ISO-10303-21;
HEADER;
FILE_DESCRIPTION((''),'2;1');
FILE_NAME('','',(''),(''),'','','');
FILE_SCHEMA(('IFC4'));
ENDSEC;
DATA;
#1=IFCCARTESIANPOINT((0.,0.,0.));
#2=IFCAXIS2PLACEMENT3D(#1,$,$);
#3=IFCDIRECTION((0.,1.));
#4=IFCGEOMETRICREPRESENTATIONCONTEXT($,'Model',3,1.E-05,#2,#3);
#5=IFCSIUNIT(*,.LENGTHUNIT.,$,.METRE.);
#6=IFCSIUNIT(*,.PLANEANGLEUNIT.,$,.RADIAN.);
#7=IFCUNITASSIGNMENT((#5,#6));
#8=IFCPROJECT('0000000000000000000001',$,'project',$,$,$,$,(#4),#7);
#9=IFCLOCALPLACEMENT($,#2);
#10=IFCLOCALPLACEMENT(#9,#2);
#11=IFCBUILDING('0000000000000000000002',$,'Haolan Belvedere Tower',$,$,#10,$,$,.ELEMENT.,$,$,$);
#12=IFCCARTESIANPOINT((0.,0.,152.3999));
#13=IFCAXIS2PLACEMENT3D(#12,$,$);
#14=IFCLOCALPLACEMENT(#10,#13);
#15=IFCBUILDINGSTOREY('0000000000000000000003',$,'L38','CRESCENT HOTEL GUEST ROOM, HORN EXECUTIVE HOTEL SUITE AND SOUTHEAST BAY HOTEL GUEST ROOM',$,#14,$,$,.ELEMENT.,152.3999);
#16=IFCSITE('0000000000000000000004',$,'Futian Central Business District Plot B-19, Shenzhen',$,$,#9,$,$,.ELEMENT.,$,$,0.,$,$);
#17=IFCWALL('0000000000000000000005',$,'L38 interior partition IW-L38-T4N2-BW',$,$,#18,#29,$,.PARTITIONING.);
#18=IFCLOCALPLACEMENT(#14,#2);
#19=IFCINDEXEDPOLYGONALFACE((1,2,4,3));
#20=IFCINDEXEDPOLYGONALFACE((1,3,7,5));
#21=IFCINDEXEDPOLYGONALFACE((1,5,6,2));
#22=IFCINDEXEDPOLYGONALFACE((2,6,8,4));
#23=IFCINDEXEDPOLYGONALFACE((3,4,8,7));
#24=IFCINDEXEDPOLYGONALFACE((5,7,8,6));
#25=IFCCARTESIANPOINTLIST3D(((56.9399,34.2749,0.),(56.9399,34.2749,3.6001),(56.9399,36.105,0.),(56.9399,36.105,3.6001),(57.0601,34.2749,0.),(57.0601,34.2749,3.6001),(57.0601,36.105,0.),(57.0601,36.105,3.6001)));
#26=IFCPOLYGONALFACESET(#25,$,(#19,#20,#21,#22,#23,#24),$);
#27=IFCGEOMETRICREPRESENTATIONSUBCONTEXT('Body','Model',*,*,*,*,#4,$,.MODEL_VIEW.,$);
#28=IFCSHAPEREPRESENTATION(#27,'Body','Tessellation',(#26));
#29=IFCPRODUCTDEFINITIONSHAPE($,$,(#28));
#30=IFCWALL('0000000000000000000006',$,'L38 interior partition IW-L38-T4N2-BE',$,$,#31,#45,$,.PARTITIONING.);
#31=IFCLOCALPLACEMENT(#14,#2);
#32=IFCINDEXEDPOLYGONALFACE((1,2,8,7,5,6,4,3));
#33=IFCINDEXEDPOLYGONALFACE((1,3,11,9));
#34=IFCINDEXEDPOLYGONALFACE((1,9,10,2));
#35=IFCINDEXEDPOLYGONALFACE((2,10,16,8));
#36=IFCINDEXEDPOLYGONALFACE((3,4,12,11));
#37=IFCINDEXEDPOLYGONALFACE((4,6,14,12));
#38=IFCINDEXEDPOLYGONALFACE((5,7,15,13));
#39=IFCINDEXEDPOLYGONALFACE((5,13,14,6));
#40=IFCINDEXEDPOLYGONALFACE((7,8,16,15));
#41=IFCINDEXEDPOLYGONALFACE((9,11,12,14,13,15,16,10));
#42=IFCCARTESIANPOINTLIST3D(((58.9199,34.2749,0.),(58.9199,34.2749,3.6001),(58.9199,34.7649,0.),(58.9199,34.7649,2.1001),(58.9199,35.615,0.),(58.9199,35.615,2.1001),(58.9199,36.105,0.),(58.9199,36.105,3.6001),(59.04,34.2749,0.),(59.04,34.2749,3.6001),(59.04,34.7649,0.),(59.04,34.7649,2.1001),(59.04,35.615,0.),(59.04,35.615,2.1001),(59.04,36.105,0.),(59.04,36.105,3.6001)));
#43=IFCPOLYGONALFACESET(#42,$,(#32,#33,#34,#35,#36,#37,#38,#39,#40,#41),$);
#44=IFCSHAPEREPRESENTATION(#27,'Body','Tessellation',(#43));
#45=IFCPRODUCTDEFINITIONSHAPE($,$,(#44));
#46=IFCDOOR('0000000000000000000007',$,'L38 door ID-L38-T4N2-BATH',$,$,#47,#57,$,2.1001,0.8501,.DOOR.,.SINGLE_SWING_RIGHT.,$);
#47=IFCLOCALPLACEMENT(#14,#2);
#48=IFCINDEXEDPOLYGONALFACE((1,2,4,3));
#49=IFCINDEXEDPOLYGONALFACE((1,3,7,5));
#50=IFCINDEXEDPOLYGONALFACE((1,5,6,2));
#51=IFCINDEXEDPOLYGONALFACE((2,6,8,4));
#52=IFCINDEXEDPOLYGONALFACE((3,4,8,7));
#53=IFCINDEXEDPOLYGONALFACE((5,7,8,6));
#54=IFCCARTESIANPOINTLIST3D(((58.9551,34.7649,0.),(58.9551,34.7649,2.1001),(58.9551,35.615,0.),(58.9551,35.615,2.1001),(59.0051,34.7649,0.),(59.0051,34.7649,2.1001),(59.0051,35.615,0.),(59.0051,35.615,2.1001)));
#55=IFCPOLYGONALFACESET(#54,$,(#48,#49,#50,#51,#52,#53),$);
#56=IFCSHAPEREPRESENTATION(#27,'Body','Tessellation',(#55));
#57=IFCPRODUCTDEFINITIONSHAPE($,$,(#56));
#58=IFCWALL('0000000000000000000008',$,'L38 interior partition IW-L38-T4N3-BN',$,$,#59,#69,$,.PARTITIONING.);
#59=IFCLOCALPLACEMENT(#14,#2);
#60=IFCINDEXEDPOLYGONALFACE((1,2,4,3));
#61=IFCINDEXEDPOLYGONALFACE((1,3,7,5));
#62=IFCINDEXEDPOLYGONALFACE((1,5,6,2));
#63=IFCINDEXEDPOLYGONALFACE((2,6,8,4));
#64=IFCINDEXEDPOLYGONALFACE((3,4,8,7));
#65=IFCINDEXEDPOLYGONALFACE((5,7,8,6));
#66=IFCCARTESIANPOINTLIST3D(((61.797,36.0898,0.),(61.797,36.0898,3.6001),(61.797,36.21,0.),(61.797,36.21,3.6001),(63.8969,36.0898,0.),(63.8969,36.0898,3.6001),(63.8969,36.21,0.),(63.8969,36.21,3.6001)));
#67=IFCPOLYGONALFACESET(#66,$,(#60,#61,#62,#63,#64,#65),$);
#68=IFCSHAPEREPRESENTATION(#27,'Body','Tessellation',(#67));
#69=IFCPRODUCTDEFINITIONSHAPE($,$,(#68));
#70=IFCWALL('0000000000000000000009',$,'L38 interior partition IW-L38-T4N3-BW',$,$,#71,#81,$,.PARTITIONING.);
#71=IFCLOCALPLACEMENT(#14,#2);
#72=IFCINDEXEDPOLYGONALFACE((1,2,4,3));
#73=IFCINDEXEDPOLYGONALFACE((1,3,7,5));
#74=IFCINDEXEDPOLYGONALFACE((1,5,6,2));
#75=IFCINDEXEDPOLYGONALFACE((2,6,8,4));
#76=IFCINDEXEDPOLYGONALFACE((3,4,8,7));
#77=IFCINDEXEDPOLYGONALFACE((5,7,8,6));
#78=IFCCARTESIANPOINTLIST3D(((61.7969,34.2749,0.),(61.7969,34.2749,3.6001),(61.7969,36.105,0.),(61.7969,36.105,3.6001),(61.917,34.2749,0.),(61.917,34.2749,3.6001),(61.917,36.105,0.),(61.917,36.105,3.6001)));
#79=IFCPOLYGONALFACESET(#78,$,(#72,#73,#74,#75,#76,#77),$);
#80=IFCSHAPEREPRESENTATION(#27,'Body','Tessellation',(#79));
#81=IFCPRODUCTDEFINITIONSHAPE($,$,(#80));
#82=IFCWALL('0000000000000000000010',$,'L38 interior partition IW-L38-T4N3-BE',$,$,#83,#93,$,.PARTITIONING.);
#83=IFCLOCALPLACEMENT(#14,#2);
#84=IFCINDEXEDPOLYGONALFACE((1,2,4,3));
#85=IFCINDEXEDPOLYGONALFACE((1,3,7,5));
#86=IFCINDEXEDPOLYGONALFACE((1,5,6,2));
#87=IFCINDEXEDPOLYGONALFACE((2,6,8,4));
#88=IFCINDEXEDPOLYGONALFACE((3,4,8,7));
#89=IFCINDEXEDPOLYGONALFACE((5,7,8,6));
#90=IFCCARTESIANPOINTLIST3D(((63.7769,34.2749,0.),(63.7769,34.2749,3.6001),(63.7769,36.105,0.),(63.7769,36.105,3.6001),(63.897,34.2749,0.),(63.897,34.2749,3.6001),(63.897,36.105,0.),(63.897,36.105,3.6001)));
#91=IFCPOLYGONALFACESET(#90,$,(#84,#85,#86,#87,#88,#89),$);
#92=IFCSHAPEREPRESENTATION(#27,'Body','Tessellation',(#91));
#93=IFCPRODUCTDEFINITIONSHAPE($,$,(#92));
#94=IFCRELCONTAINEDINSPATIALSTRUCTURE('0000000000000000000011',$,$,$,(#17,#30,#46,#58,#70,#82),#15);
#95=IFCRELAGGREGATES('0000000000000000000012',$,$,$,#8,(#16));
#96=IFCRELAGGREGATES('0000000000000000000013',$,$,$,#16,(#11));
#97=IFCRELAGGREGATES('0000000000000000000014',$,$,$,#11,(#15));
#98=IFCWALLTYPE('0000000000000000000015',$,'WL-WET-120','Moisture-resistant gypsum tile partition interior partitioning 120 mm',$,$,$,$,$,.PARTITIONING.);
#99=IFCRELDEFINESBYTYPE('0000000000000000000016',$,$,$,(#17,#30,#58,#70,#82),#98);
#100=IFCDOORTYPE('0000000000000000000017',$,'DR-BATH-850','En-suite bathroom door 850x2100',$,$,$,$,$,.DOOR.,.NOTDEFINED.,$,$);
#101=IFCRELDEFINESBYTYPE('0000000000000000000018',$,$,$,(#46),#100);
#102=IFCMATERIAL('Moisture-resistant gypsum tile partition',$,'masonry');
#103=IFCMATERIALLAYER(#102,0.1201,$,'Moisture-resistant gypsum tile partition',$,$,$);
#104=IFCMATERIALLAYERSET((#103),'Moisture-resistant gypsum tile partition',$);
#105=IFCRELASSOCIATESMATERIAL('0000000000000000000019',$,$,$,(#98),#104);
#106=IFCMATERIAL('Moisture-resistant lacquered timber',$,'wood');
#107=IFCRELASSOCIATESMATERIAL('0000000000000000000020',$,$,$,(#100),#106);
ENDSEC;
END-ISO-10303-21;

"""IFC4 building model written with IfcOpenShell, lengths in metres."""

from ifc_helpers import new_model, si_unit, direction, frame, frame_2d, origin, place, context, subcontext, project, spatial, rectangle, extrude, material, layer, layer_set, type_object, element, fill, save


model = new_model("IFC4")

# Units and contexts
model_context = context("Model", 3, precision=1e-05, world=origin(), true_north=direction((0.0, 1.0)))
body_context = subcontext(model_context, "Body", "Model", "MODEL_VIEW")
ifc_project = project(units=[si_unit("LENGTHUNIT", "METRE"), si_unit("PLANEANGLEUNIT", "RADIAN")], contexts=[model_context])

# Site, building, storey
site_placement = place(None, origin())
site = spatial("IfcSite", under=ifc_project, at=site_placement, Name="Futian Central Business District Plot B-19, Shenzhen", CompositionType="ELEMENT", RefElevation=0.0)
building_placement = place(site_placement, origin())
building = spatial("IfcBuilding", under=site, at=building_placement, Name="Haolan Belvedere Tower", CompositionType="ELEMENT")
storey_placement = place(building_placement, frame((0.0, 0.0, 152.3999)))
storey = spatial("IfcBuildingStorey", under=building, at=storey_placement, Name="L38", Description="CRESCENT HOTEL GUEST ROOM, HORN EXECUTIVE HOTEL SUITE AND SOUTHEAST BAY HOTEL GUEST ROOM", CompositionType="ELEMENT", Elevation=152.3999)

# Shared definitions
ifc_material_1 = material(Name="Moisture-resistant gypsum tile partition", Category="masonry")
ifc_layer_1 = layer(ifc_material_1, 0.1201, Name="Moisture-resistant gypsum tile partition")
ifc_layer_set_1 = layer_set([ifc_layer_1], Name="Moisture-resistant gypsum tile partition")
wall_type_1 = type_object("IfcWallType", Name="WL-WET-120", Description="Moisture-resistant gypsum tile partition interior partitioning 120 mm", PredefinedType="PARTITIONING", material=ifc_layer_set_1)

# Shared definitions
ifc_material_2 = material(Name="Moisture-resistant lacquered timber", Category="wood")
door_type = type_object("IfcDoorType", Name="DR-BATH-850", Description="En-suite bathroom door 850x2100", OperationType="NOTDEFINED", PredefinedType="DOOR", material=ifc_material_2)

# Wall
wall_1_placement = place(storey_placement, frame((57.0, 34.2749, 0.0), z_axis=(0.0, 0.0, 1.0), x_axis=(0.0, 1.0, 0.0)))
element("IfcWall", 1, at=wall_1_placement, inside=storey, type_object=wall_type_1, Name="L38 interior partition IW-L38-T4N2-BW", PredefinedType="PARTITIONING", context=body_context, shape_type="SweptSolid", body=[
    extrude(rectangle(XDim=1.8301, YDim=0.1201, at=frame_2d((0.915, 0.0))), origin(), (0.0, 0.0, 1.0), 3.6001),
])

# Wall, opening, door
wall_2_placement = place(storey_placement, frame((58.98, 34.2749, 0.0), z_axis=(0.0, 0.0, 1.0), x_axis=(0.0, 1.0, 0.0)))
wall_2 = element("IfcWall", 2, at=wall_2_placement, inside=storey, type_object=wall_type_1, Name="L38 interior partition IW-L38-T4N2-BE", PredefinedType="PARTITIONING", context=body_context, shape_type="SweptSolid", body=[
    extrude(rectangle(XDim=1.8301, YDim=0.1201, at=frame_2d((0.915, 0.0))), origin(), (0.0, 0.0, 1.0), 3.6001),
])
opening_1_placement = place(wall_2_placement, frame((0.49, 0.0, 0.0)))
opening_1 = element("IfcOpeningElement", 3, at=opening_1_placement, cuts=wall_2, PredefinedType="OPENING", context=body_context, shape_type="SweptSolid", body=[
    extrude(rectangle(XDim=0.8501, YDim=2.1001, at=frame_2d((0.425, 1.05))), frame((0.0, 0.0701, 0.0), z_axis=(0.0, -1.0, 0.0), x_axis=(1.0, 0.0, 0.0)), (0.0, 0.0, 1.0), 0.1401),
])
door_1_placement = place(opening_1_placement, origin())
door_1 = element("IfcDoor", 4, at=door_1_placement, inside=storey, type_object=door_type, Name="L38 door ID-L38-T4N2-BATH", OperationType="SINGLE_SWING_RIGHT", OverallHeight=2.1001, OverallWidth=0.8501, PredefinedType="DOOR", context=body_context, shape_type="SweptSolid", body=[
    extrude(rectangle(XDim=0.8501, YDim=2.1001, at=frame_2d((0.425, 1.05))), frame((0.0, 0.0249, 0.0), z_axis=(0.0, -1.0, 0.0), x_axis=(1.0, 0.0, 0.0)), (0.0, 0.0, 1.0), 0.05),
])
fill(opening_1, door_1)

# Walls
wall_3_placement = place(storey_placement, frame((61.7971, 36.1499, 0.0), z_axis=(0.0, 0.0, 1.0), x_axis=(1.0, 0.0, 0.0)))
element("IfcWall", 5, at=wall_3_placement, inside=storey, type_object=wall_type_1, Name="L38 interior partition IW-L38-T4N3-BN", PredefinedType="PARTITIONING", context=body_context, shape_type="SweptSolid", body=[
    extrude(rectangle(XDim=2.0999, YDim=0.1201, at=frame_2d((1.0498, 0.0))), origin(), (0.0, 0.0, 1.0), 3.6001),
])
for number, where, z_axis, x_axis, name in (
    (6, (61.8569, 34.2749, 0.0), (0.0, 0.0, 1.0), (0.0, 1.0, 0.0), "L38 interior partition IW-L38-T4N3-BW"),
    (7, (63.8369, 34.2749, 0.0), (0.0, 0.0, 1.0), (0.0, 1.0, 0.0), "L38 interior partition IW-L38-T4N3-BE"),
):
    element("IfcWall", number, at=place(storey_placement, frame(where, z_axis=z_axis, x_axis=x_axis)), inside=storey, type_object=wall_type_1, Name=name, PredefinedType="PARTITIONING", context=body_context, shape_type="SweptSolid", body=[
        extrude(rectangle(XDim=1.8301, YDim=0.1201, at=frame_2d((0.915, 0.0))), origin(), (0.0, 0.0, 1.0), 3.6001),
    ])

save(model, "model.ifc")
